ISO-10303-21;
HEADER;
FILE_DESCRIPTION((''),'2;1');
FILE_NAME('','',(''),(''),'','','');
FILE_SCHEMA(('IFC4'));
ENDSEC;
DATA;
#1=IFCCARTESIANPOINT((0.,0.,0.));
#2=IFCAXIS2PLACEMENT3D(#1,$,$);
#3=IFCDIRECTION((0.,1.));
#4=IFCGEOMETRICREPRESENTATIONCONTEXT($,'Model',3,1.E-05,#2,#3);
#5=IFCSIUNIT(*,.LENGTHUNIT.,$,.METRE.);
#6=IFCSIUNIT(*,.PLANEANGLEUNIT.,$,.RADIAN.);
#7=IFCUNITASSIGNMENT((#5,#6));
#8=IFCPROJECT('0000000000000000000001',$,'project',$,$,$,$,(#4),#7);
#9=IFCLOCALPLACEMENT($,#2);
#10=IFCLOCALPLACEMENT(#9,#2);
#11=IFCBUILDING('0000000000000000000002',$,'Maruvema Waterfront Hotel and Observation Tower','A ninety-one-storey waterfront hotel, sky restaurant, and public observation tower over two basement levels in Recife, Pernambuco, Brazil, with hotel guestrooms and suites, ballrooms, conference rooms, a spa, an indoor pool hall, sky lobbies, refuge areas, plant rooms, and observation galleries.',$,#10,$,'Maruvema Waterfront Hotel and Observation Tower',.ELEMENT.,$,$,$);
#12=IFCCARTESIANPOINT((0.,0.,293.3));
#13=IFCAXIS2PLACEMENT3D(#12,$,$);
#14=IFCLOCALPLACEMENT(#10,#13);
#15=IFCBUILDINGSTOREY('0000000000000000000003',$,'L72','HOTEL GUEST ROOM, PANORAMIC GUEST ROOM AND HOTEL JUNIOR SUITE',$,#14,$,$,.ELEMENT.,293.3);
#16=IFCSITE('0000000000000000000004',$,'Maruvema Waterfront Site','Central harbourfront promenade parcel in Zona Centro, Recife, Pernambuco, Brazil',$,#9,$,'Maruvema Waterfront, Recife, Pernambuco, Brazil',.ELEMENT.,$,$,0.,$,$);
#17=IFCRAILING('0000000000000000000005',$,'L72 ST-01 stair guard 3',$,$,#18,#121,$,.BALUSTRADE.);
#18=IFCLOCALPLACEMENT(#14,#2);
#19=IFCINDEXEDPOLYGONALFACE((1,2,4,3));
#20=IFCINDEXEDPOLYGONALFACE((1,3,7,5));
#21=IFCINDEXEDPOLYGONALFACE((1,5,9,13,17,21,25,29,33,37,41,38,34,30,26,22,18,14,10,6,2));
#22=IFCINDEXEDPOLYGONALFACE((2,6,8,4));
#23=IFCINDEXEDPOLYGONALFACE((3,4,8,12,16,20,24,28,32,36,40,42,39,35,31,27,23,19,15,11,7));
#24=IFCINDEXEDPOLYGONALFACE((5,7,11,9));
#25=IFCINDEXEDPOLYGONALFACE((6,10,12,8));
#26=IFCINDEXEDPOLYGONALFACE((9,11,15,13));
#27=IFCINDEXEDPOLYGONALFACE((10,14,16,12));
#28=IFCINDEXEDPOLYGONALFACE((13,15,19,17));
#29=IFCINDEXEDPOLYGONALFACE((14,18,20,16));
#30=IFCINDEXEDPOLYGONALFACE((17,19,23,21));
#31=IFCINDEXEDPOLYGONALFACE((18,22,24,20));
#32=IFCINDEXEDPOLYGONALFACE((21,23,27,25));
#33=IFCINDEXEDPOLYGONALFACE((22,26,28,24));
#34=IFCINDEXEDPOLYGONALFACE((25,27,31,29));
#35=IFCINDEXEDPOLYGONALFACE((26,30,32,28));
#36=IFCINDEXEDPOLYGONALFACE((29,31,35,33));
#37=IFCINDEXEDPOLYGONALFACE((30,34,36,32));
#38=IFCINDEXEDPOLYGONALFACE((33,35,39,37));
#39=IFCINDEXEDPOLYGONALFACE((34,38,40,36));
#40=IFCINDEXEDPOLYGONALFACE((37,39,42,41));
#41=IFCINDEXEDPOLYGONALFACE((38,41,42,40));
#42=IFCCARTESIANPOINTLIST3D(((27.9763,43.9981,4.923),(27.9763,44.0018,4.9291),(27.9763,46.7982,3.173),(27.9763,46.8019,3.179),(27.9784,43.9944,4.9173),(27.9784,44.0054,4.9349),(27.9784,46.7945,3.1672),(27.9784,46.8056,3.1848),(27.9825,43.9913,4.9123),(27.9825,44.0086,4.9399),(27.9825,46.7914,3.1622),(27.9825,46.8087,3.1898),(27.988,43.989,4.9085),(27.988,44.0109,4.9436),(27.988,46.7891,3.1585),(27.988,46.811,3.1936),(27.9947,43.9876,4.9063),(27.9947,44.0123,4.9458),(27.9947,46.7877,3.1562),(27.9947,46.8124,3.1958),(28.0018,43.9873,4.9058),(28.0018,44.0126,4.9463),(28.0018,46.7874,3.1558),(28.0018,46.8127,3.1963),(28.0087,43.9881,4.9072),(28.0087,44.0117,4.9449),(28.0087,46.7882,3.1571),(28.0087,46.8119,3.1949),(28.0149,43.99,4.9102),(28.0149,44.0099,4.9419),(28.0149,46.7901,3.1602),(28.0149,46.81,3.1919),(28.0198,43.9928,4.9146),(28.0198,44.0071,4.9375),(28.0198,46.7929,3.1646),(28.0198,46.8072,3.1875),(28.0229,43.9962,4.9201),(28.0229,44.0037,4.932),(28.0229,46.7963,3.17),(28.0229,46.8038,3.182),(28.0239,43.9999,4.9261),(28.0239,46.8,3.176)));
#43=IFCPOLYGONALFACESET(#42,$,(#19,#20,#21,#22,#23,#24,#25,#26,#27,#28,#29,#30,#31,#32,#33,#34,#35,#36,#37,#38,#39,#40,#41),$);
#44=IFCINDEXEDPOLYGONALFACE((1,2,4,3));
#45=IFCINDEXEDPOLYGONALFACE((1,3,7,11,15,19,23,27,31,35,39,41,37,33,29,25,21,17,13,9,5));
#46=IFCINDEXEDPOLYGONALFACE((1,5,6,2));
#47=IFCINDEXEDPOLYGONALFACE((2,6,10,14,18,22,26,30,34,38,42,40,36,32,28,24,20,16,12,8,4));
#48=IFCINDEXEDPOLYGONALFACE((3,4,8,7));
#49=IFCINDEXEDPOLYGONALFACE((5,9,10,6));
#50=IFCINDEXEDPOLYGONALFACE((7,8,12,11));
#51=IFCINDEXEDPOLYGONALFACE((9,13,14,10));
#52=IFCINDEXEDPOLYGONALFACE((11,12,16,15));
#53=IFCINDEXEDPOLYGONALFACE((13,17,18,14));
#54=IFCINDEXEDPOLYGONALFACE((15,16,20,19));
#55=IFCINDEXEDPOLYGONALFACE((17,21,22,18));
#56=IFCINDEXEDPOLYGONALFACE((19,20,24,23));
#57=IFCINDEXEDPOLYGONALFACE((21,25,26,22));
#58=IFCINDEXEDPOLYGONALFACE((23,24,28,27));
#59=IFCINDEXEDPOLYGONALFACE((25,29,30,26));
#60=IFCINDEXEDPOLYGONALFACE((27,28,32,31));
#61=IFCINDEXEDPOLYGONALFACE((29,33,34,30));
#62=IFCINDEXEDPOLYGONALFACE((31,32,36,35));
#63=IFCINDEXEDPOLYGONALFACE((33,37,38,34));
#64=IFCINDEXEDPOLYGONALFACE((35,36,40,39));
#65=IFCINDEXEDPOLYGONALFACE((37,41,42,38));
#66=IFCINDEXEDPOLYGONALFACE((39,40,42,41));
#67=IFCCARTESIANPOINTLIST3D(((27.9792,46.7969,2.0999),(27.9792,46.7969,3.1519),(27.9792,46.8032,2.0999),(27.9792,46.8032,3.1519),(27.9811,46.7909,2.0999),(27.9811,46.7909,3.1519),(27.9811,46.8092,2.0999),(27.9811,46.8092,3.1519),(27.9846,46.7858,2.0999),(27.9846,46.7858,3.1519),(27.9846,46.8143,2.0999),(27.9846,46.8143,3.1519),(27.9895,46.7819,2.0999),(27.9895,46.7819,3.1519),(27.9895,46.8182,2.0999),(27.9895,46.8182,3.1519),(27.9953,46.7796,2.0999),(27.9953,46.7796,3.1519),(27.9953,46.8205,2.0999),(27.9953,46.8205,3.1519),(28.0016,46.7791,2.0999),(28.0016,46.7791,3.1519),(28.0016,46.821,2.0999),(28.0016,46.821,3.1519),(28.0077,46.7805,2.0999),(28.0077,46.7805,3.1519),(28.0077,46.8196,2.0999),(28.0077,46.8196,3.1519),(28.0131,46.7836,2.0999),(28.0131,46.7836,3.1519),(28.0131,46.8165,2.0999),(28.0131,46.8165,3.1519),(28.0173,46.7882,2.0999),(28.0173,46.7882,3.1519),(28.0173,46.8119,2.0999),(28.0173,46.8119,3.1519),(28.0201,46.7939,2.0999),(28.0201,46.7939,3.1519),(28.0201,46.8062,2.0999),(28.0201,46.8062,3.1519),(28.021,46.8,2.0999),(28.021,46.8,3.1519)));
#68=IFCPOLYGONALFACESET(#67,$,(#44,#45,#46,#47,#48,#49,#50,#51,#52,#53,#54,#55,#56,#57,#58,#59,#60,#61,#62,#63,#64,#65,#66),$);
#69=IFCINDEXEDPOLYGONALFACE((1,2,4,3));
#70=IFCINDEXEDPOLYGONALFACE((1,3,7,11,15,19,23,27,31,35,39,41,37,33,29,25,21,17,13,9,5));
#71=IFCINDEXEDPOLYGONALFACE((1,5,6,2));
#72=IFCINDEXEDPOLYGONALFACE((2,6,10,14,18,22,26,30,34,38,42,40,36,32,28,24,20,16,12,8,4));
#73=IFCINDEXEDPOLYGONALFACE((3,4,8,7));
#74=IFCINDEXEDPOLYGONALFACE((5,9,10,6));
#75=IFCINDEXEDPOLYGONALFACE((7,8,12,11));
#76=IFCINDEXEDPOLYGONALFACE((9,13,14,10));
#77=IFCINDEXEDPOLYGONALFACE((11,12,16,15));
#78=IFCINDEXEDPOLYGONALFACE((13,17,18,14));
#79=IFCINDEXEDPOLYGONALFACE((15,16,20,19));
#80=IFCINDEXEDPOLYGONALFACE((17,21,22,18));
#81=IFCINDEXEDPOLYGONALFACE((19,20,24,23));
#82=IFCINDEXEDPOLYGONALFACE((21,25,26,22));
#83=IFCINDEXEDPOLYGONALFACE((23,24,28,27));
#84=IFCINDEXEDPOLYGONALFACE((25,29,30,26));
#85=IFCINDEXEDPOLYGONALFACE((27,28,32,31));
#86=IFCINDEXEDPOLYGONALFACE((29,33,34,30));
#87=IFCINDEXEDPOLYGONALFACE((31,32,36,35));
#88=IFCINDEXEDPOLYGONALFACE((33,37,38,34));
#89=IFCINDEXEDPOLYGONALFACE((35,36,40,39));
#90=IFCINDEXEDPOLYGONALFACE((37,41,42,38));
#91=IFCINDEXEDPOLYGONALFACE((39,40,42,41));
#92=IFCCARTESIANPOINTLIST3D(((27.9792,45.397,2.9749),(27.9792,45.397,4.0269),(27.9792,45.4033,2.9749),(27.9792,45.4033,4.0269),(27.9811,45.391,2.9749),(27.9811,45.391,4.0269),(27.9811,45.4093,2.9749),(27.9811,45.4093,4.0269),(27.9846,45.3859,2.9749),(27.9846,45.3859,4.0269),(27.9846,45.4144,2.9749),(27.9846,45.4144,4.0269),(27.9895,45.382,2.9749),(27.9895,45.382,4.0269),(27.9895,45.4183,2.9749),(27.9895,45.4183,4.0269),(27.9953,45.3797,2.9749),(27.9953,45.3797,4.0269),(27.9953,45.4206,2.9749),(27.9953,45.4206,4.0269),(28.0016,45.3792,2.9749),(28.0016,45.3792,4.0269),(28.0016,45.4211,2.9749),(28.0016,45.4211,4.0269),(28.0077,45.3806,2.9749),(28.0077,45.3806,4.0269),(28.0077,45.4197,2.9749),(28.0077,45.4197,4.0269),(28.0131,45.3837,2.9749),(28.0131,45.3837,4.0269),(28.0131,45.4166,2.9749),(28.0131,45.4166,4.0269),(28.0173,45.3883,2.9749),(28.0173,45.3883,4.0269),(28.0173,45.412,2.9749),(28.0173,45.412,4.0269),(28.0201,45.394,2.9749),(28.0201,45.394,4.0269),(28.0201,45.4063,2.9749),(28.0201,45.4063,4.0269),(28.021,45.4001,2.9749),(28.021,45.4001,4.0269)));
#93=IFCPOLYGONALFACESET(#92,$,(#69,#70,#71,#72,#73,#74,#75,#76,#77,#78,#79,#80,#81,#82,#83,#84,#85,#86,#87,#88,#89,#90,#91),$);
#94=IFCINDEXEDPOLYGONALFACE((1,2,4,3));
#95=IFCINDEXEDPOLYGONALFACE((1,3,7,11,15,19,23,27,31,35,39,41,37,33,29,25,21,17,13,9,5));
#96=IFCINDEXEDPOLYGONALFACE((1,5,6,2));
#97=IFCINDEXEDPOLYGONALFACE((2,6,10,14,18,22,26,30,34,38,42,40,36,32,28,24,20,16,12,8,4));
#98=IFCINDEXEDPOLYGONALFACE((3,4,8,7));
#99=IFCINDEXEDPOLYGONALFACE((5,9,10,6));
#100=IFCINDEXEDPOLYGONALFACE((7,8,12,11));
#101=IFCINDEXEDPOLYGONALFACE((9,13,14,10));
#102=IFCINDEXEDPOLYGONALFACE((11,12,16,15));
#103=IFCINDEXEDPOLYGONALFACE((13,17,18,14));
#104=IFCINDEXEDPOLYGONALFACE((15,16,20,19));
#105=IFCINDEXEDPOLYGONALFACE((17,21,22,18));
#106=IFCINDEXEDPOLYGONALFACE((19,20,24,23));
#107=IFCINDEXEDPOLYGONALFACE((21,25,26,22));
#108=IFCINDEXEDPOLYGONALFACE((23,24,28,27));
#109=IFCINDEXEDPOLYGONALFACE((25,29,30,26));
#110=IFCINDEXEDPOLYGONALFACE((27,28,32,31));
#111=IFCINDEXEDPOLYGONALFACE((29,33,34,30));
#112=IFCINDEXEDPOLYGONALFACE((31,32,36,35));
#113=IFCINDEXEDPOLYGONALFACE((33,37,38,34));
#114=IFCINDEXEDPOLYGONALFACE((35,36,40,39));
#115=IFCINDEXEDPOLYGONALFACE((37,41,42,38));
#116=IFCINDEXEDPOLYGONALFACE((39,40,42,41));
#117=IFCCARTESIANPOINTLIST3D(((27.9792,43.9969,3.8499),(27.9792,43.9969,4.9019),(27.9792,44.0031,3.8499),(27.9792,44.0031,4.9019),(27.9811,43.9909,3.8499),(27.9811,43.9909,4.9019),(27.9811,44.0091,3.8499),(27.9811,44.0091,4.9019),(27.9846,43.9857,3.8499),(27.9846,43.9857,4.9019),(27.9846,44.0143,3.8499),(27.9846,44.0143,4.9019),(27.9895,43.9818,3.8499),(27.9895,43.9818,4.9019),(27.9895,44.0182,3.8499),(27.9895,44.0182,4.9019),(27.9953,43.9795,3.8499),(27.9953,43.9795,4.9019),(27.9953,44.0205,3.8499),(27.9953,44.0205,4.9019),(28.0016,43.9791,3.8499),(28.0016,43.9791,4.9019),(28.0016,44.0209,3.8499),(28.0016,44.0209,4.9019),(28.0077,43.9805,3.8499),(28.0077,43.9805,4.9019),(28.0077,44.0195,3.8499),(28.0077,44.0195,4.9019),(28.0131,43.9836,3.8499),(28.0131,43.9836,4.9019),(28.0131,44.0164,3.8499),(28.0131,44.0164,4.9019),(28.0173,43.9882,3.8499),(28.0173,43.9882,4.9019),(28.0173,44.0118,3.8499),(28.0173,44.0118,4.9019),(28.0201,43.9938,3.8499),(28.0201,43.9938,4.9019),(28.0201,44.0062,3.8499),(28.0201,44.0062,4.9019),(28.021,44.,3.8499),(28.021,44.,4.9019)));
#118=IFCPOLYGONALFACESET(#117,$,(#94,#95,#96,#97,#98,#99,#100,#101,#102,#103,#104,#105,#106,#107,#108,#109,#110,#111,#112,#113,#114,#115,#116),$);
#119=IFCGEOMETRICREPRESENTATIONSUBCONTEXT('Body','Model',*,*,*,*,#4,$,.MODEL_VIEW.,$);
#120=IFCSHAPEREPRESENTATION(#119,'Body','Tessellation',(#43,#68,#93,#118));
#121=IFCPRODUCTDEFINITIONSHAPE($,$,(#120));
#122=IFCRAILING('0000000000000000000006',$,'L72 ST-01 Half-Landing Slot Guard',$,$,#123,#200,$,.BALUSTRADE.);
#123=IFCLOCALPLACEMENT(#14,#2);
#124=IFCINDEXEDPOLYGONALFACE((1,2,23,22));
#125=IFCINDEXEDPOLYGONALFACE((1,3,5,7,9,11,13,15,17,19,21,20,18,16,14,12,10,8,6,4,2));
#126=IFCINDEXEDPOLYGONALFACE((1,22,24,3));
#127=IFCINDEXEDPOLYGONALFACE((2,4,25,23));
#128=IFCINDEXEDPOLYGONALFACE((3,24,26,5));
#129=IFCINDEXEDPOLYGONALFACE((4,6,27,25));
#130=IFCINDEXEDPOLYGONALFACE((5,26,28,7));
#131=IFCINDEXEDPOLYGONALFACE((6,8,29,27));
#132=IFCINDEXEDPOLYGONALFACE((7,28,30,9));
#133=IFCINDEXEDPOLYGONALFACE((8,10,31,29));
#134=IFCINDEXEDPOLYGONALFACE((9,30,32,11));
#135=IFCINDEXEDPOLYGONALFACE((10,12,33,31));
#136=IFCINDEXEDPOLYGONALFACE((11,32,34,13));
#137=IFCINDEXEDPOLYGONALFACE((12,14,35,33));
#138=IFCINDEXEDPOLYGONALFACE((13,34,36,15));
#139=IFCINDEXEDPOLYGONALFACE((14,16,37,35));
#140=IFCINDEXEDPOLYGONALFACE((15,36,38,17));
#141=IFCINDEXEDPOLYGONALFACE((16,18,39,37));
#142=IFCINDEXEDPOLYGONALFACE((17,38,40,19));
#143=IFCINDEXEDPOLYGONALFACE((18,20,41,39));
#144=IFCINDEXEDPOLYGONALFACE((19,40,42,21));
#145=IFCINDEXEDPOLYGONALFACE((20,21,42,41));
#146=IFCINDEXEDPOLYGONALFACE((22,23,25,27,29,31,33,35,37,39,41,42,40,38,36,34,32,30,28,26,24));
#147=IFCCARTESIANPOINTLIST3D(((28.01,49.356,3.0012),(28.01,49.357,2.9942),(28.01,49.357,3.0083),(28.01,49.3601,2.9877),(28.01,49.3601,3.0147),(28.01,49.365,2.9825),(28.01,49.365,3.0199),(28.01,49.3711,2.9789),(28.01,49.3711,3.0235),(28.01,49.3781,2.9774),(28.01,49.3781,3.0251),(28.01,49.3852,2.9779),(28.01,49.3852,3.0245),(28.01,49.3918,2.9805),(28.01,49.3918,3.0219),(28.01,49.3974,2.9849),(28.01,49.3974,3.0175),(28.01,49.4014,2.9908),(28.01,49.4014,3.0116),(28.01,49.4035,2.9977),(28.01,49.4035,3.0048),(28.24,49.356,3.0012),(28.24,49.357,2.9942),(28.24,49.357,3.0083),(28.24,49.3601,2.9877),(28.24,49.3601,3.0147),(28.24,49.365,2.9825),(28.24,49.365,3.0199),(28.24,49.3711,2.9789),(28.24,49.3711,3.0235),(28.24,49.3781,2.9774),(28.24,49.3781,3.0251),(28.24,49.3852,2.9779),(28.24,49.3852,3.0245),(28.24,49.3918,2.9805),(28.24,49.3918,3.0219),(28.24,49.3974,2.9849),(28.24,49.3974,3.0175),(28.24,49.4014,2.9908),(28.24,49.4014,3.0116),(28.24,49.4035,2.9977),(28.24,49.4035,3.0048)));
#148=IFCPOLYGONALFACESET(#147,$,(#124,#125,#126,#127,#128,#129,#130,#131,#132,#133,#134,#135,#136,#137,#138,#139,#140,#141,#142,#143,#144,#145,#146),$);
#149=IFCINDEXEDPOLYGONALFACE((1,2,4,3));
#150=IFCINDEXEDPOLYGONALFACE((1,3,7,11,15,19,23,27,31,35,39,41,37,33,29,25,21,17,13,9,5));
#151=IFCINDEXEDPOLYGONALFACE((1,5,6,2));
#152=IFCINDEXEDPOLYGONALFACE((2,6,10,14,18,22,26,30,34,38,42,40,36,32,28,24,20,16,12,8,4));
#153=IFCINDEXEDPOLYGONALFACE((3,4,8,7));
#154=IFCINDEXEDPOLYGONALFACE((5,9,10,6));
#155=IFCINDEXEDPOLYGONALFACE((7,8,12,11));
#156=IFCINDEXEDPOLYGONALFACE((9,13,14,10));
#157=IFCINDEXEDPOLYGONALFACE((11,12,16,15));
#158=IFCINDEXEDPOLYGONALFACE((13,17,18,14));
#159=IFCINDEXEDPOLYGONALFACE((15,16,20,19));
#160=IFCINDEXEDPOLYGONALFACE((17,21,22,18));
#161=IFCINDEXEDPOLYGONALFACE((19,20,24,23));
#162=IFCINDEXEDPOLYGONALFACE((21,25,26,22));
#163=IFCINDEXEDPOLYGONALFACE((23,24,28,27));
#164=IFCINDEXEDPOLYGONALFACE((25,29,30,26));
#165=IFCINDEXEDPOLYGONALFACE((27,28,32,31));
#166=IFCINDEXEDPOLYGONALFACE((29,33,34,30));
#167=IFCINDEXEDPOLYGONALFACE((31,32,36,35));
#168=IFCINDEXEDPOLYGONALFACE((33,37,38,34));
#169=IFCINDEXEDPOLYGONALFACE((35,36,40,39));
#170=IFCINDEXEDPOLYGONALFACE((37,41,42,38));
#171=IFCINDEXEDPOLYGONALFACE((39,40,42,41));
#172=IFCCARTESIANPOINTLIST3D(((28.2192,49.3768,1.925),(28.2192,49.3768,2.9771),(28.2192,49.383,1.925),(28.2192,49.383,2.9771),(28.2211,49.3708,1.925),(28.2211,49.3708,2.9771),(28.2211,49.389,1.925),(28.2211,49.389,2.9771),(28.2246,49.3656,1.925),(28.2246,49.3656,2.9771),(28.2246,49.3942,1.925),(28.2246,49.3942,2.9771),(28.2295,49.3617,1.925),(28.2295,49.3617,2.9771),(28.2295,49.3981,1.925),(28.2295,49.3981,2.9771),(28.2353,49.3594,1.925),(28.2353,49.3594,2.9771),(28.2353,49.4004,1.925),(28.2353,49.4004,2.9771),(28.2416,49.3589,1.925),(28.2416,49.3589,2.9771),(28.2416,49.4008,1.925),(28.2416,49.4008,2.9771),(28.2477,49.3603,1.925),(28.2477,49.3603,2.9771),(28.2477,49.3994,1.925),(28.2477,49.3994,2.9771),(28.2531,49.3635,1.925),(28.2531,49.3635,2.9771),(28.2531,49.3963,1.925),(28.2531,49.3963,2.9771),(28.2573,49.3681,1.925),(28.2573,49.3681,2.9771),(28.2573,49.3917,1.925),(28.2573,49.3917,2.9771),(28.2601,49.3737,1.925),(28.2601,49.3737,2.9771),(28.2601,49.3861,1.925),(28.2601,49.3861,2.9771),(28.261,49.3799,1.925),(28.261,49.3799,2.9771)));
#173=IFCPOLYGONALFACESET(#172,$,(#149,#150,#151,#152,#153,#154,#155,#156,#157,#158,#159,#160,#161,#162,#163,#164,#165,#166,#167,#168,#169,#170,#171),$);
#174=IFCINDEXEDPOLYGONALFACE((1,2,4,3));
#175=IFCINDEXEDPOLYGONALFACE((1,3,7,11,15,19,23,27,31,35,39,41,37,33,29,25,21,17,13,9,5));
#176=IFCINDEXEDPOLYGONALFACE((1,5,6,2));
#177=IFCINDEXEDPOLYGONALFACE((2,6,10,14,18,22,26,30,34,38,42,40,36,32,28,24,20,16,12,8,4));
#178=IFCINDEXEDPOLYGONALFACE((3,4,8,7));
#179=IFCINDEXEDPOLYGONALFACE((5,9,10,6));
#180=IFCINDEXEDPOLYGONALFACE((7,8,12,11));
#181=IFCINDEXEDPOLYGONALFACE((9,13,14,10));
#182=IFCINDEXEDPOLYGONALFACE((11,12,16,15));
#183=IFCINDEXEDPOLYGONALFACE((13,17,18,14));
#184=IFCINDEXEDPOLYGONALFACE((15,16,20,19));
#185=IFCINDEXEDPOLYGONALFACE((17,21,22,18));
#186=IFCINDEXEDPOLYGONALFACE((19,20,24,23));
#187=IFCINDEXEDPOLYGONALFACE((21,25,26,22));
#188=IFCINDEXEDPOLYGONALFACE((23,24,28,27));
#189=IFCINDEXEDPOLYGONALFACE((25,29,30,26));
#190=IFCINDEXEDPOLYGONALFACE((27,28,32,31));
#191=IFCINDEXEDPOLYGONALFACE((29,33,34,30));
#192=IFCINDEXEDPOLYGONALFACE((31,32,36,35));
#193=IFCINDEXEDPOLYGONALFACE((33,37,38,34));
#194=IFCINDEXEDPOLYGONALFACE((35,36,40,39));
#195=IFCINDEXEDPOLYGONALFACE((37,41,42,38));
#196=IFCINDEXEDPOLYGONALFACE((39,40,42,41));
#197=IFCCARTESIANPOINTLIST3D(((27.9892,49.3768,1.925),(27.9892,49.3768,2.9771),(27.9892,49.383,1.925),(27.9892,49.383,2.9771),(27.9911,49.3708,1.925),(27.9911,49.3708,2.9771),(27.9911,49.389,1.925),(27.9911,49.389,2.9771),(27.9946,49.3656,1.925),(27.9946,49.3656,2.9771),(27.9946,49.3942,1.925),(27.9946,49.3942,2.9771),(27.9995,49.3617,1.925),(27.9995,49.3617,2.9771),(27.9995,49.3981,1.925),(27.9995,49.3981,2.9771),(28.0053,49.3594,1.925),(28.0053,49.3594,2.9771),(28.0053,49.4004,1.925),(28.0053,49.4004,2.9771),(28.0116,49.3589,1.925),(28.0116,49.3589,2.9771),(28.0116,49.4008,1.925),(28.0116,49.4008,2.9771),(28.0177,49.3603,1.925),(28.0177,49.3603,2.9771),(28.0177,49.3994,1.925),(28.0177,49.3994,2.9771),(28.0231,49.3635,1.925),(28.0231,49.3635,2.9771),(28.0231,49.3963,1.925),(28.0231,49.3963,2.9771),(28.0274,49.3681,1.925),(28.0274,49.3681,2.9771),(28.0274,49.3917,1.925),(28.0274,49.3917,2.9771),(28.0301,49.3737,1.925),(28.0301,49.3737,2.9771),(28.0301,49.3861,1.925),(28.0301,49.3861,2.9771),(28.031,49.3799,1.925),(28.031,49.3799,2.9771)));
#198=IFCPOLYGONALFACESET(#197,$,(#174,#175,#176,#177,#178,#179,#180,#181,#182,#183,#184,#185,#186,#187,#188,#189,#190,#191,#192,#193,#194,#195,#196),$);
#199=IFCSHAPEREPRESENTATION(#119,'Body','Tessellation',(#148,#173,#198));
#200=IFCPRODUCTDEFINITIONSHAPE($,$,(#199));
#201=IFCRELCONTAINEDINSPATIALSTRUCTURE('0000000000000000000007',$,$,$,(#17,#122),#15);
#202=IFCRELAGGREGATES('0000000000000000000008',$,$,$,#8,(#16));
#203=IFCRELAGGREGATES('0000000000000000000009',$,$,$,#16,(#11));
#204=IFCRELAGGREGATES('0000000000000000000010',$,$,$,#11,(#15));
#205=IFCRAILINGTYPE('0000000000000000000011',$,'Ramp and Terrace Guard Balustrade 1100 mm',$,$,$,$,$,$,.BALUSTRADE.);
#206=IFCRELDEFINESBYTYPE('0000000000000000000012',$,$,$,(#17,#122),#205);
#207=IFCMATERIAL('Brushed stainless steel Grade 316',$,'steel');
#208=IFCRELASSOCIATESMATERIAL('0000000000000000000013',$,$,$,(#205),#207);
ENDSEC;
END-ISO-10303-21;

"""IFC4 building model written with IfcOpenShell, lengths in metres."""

from ifc_helpers import new_model, si_unit, direction, frame, origin, origin_2d, place, context, subcontext, project, spatial, circle, extrude, material, type_object, element, save


model = new_model("IFC4")

# Units and contexts
model_context = context("Model", 3, precision=1e-05, world=origin(), true_north=direction((0.0, 1.0)))
body_context = subcontext(model_context, "Body", "Model", "MODEL_VIEW")
ifc_project = project(units=[si_unit("LENGTHUNIT", "METRE"), si_unit("PLANEANGLEUNIT", "RADIAN")], contexts=[model_context])

# Site, building, storey
site_placement = place(None, origin())
site = spatial("IfcSite", under=ifc_project, at=site_placement, Name="Maruvema Waterfront Site", Description="Central harbourfront promenade parcel in Zona Centro, Recife, Pernambuco, Brazil", LongName="Maruvema Waterfront, Recife, Pernambuco, Brazil", CompositionType="ELEMENT", RefElevation=0.0)
building_placement = place(site_placement, origin())
building = spatial("IfcBuilding", under=site, at=building_placement, Name="Maruvema Waterfront Hotel and Observation Tower", Description="A ninety-one-storey waterfront hotel, sky restaurant, and public observation tower over two basement levels in Recife, Pernambuco, Brazil, with hotel guestrooms and suites, ballrooms, conference rooms, a spa, an indoor pool hall, sky lobbies, refuge areas, plant rooms, and observation galleries.", LongName="Maruvema Waterfront Hotel and Observation Tower", CompositionType="ELEMENT")
storey_placement = place(building_placement, frame((0.0, 0.0, 293.3)))
storey = spatial("IfcBuildingStorey", under=building, at=storey_placement, Name="L72", Description="HOTEL GUEST ROOM, PANORAMIC GUEST ROOM AND HOTEL JUNIOR SUITE", CompositionType="ELEMENT", Elevation=293.3)

# Railings
ifc_material_1 = material(Name="Brushed stainless steel Grade 316", Category="steel")
railing_type_1 = type_object("IfcRailingType", Name="Ramp and Terrace Guard Balustrade 1100 mm", PredefinedType="BALUSTRADE", material=ifc_material_1)
railing_1_placement = place(storey_placement, frame((28.0, 46.8, 2.0999)))
element("IfcRailing", 1, at=railing_1_placement, inside=storey, type_object=railing_type_1, Name="L72 ST-01 stair guard 3", PredefinedType="BALUSTRADE", context=body_context, shape_type="SweptSolid", body=[
    extrude(circle(Radius=0.0239, at=origin_2d()), frame((0.0, 0.0, 1.0762), z_axis=(0.0, -0.848002, 0.529992), x_axis=(1.0, 0.0, 0.0)), (0.0, 0.0, 1.0), 3.302),
    extrude(circle(Radius=0.021, at=origin_2d()), origin(), (0.0, 0.0, 1.0), 1.052),
    extrude(circle(Radius=0.021, at=origin_2d()), frame((0.0, -1.3999, 0.875)), (0.0, 0.0, 1.0), 1.052),
    extrude(circle(Radius=0.021, at=origin_2d()), frame((0.0, -2.8, 1.75)), (0.0, 0.0, 1.0), 1.052),
])
railing_2_placement = place(storey_placement, frame((28.24, 49.3799, 1.925)))
element("IfcRailing", 2, at=railing_2_placement, inside=storey, type_object=railing_type_1, Name="L72 ST-01 Half-Landing Slot Guard", PredefinedType="BALUSTRADE", context=body_context, shape_type="SweptSolid", body=[
    extrude(circle(Radius=0.0239, at=origin_2d()), frame((0.0, 0.0, 1.0762), z_axis=(-1.0, 0.0, 0.0), x_axis=(0.0, -1.0, 0.0)), (0.0, 0.0, 1.0), 0.23),
    extrude(circle(Radius=0.021, at=origin_2d()), origin(), (0.0, 0.0, 1.0), 1.052),
    extrude(circle(Radius=0.021, at=origin_2d()), frame((-0.23, 0.0, 0.0)), (0.0, 0.0, 1.0), 1.052),
])

save(model, "model.ifc")
